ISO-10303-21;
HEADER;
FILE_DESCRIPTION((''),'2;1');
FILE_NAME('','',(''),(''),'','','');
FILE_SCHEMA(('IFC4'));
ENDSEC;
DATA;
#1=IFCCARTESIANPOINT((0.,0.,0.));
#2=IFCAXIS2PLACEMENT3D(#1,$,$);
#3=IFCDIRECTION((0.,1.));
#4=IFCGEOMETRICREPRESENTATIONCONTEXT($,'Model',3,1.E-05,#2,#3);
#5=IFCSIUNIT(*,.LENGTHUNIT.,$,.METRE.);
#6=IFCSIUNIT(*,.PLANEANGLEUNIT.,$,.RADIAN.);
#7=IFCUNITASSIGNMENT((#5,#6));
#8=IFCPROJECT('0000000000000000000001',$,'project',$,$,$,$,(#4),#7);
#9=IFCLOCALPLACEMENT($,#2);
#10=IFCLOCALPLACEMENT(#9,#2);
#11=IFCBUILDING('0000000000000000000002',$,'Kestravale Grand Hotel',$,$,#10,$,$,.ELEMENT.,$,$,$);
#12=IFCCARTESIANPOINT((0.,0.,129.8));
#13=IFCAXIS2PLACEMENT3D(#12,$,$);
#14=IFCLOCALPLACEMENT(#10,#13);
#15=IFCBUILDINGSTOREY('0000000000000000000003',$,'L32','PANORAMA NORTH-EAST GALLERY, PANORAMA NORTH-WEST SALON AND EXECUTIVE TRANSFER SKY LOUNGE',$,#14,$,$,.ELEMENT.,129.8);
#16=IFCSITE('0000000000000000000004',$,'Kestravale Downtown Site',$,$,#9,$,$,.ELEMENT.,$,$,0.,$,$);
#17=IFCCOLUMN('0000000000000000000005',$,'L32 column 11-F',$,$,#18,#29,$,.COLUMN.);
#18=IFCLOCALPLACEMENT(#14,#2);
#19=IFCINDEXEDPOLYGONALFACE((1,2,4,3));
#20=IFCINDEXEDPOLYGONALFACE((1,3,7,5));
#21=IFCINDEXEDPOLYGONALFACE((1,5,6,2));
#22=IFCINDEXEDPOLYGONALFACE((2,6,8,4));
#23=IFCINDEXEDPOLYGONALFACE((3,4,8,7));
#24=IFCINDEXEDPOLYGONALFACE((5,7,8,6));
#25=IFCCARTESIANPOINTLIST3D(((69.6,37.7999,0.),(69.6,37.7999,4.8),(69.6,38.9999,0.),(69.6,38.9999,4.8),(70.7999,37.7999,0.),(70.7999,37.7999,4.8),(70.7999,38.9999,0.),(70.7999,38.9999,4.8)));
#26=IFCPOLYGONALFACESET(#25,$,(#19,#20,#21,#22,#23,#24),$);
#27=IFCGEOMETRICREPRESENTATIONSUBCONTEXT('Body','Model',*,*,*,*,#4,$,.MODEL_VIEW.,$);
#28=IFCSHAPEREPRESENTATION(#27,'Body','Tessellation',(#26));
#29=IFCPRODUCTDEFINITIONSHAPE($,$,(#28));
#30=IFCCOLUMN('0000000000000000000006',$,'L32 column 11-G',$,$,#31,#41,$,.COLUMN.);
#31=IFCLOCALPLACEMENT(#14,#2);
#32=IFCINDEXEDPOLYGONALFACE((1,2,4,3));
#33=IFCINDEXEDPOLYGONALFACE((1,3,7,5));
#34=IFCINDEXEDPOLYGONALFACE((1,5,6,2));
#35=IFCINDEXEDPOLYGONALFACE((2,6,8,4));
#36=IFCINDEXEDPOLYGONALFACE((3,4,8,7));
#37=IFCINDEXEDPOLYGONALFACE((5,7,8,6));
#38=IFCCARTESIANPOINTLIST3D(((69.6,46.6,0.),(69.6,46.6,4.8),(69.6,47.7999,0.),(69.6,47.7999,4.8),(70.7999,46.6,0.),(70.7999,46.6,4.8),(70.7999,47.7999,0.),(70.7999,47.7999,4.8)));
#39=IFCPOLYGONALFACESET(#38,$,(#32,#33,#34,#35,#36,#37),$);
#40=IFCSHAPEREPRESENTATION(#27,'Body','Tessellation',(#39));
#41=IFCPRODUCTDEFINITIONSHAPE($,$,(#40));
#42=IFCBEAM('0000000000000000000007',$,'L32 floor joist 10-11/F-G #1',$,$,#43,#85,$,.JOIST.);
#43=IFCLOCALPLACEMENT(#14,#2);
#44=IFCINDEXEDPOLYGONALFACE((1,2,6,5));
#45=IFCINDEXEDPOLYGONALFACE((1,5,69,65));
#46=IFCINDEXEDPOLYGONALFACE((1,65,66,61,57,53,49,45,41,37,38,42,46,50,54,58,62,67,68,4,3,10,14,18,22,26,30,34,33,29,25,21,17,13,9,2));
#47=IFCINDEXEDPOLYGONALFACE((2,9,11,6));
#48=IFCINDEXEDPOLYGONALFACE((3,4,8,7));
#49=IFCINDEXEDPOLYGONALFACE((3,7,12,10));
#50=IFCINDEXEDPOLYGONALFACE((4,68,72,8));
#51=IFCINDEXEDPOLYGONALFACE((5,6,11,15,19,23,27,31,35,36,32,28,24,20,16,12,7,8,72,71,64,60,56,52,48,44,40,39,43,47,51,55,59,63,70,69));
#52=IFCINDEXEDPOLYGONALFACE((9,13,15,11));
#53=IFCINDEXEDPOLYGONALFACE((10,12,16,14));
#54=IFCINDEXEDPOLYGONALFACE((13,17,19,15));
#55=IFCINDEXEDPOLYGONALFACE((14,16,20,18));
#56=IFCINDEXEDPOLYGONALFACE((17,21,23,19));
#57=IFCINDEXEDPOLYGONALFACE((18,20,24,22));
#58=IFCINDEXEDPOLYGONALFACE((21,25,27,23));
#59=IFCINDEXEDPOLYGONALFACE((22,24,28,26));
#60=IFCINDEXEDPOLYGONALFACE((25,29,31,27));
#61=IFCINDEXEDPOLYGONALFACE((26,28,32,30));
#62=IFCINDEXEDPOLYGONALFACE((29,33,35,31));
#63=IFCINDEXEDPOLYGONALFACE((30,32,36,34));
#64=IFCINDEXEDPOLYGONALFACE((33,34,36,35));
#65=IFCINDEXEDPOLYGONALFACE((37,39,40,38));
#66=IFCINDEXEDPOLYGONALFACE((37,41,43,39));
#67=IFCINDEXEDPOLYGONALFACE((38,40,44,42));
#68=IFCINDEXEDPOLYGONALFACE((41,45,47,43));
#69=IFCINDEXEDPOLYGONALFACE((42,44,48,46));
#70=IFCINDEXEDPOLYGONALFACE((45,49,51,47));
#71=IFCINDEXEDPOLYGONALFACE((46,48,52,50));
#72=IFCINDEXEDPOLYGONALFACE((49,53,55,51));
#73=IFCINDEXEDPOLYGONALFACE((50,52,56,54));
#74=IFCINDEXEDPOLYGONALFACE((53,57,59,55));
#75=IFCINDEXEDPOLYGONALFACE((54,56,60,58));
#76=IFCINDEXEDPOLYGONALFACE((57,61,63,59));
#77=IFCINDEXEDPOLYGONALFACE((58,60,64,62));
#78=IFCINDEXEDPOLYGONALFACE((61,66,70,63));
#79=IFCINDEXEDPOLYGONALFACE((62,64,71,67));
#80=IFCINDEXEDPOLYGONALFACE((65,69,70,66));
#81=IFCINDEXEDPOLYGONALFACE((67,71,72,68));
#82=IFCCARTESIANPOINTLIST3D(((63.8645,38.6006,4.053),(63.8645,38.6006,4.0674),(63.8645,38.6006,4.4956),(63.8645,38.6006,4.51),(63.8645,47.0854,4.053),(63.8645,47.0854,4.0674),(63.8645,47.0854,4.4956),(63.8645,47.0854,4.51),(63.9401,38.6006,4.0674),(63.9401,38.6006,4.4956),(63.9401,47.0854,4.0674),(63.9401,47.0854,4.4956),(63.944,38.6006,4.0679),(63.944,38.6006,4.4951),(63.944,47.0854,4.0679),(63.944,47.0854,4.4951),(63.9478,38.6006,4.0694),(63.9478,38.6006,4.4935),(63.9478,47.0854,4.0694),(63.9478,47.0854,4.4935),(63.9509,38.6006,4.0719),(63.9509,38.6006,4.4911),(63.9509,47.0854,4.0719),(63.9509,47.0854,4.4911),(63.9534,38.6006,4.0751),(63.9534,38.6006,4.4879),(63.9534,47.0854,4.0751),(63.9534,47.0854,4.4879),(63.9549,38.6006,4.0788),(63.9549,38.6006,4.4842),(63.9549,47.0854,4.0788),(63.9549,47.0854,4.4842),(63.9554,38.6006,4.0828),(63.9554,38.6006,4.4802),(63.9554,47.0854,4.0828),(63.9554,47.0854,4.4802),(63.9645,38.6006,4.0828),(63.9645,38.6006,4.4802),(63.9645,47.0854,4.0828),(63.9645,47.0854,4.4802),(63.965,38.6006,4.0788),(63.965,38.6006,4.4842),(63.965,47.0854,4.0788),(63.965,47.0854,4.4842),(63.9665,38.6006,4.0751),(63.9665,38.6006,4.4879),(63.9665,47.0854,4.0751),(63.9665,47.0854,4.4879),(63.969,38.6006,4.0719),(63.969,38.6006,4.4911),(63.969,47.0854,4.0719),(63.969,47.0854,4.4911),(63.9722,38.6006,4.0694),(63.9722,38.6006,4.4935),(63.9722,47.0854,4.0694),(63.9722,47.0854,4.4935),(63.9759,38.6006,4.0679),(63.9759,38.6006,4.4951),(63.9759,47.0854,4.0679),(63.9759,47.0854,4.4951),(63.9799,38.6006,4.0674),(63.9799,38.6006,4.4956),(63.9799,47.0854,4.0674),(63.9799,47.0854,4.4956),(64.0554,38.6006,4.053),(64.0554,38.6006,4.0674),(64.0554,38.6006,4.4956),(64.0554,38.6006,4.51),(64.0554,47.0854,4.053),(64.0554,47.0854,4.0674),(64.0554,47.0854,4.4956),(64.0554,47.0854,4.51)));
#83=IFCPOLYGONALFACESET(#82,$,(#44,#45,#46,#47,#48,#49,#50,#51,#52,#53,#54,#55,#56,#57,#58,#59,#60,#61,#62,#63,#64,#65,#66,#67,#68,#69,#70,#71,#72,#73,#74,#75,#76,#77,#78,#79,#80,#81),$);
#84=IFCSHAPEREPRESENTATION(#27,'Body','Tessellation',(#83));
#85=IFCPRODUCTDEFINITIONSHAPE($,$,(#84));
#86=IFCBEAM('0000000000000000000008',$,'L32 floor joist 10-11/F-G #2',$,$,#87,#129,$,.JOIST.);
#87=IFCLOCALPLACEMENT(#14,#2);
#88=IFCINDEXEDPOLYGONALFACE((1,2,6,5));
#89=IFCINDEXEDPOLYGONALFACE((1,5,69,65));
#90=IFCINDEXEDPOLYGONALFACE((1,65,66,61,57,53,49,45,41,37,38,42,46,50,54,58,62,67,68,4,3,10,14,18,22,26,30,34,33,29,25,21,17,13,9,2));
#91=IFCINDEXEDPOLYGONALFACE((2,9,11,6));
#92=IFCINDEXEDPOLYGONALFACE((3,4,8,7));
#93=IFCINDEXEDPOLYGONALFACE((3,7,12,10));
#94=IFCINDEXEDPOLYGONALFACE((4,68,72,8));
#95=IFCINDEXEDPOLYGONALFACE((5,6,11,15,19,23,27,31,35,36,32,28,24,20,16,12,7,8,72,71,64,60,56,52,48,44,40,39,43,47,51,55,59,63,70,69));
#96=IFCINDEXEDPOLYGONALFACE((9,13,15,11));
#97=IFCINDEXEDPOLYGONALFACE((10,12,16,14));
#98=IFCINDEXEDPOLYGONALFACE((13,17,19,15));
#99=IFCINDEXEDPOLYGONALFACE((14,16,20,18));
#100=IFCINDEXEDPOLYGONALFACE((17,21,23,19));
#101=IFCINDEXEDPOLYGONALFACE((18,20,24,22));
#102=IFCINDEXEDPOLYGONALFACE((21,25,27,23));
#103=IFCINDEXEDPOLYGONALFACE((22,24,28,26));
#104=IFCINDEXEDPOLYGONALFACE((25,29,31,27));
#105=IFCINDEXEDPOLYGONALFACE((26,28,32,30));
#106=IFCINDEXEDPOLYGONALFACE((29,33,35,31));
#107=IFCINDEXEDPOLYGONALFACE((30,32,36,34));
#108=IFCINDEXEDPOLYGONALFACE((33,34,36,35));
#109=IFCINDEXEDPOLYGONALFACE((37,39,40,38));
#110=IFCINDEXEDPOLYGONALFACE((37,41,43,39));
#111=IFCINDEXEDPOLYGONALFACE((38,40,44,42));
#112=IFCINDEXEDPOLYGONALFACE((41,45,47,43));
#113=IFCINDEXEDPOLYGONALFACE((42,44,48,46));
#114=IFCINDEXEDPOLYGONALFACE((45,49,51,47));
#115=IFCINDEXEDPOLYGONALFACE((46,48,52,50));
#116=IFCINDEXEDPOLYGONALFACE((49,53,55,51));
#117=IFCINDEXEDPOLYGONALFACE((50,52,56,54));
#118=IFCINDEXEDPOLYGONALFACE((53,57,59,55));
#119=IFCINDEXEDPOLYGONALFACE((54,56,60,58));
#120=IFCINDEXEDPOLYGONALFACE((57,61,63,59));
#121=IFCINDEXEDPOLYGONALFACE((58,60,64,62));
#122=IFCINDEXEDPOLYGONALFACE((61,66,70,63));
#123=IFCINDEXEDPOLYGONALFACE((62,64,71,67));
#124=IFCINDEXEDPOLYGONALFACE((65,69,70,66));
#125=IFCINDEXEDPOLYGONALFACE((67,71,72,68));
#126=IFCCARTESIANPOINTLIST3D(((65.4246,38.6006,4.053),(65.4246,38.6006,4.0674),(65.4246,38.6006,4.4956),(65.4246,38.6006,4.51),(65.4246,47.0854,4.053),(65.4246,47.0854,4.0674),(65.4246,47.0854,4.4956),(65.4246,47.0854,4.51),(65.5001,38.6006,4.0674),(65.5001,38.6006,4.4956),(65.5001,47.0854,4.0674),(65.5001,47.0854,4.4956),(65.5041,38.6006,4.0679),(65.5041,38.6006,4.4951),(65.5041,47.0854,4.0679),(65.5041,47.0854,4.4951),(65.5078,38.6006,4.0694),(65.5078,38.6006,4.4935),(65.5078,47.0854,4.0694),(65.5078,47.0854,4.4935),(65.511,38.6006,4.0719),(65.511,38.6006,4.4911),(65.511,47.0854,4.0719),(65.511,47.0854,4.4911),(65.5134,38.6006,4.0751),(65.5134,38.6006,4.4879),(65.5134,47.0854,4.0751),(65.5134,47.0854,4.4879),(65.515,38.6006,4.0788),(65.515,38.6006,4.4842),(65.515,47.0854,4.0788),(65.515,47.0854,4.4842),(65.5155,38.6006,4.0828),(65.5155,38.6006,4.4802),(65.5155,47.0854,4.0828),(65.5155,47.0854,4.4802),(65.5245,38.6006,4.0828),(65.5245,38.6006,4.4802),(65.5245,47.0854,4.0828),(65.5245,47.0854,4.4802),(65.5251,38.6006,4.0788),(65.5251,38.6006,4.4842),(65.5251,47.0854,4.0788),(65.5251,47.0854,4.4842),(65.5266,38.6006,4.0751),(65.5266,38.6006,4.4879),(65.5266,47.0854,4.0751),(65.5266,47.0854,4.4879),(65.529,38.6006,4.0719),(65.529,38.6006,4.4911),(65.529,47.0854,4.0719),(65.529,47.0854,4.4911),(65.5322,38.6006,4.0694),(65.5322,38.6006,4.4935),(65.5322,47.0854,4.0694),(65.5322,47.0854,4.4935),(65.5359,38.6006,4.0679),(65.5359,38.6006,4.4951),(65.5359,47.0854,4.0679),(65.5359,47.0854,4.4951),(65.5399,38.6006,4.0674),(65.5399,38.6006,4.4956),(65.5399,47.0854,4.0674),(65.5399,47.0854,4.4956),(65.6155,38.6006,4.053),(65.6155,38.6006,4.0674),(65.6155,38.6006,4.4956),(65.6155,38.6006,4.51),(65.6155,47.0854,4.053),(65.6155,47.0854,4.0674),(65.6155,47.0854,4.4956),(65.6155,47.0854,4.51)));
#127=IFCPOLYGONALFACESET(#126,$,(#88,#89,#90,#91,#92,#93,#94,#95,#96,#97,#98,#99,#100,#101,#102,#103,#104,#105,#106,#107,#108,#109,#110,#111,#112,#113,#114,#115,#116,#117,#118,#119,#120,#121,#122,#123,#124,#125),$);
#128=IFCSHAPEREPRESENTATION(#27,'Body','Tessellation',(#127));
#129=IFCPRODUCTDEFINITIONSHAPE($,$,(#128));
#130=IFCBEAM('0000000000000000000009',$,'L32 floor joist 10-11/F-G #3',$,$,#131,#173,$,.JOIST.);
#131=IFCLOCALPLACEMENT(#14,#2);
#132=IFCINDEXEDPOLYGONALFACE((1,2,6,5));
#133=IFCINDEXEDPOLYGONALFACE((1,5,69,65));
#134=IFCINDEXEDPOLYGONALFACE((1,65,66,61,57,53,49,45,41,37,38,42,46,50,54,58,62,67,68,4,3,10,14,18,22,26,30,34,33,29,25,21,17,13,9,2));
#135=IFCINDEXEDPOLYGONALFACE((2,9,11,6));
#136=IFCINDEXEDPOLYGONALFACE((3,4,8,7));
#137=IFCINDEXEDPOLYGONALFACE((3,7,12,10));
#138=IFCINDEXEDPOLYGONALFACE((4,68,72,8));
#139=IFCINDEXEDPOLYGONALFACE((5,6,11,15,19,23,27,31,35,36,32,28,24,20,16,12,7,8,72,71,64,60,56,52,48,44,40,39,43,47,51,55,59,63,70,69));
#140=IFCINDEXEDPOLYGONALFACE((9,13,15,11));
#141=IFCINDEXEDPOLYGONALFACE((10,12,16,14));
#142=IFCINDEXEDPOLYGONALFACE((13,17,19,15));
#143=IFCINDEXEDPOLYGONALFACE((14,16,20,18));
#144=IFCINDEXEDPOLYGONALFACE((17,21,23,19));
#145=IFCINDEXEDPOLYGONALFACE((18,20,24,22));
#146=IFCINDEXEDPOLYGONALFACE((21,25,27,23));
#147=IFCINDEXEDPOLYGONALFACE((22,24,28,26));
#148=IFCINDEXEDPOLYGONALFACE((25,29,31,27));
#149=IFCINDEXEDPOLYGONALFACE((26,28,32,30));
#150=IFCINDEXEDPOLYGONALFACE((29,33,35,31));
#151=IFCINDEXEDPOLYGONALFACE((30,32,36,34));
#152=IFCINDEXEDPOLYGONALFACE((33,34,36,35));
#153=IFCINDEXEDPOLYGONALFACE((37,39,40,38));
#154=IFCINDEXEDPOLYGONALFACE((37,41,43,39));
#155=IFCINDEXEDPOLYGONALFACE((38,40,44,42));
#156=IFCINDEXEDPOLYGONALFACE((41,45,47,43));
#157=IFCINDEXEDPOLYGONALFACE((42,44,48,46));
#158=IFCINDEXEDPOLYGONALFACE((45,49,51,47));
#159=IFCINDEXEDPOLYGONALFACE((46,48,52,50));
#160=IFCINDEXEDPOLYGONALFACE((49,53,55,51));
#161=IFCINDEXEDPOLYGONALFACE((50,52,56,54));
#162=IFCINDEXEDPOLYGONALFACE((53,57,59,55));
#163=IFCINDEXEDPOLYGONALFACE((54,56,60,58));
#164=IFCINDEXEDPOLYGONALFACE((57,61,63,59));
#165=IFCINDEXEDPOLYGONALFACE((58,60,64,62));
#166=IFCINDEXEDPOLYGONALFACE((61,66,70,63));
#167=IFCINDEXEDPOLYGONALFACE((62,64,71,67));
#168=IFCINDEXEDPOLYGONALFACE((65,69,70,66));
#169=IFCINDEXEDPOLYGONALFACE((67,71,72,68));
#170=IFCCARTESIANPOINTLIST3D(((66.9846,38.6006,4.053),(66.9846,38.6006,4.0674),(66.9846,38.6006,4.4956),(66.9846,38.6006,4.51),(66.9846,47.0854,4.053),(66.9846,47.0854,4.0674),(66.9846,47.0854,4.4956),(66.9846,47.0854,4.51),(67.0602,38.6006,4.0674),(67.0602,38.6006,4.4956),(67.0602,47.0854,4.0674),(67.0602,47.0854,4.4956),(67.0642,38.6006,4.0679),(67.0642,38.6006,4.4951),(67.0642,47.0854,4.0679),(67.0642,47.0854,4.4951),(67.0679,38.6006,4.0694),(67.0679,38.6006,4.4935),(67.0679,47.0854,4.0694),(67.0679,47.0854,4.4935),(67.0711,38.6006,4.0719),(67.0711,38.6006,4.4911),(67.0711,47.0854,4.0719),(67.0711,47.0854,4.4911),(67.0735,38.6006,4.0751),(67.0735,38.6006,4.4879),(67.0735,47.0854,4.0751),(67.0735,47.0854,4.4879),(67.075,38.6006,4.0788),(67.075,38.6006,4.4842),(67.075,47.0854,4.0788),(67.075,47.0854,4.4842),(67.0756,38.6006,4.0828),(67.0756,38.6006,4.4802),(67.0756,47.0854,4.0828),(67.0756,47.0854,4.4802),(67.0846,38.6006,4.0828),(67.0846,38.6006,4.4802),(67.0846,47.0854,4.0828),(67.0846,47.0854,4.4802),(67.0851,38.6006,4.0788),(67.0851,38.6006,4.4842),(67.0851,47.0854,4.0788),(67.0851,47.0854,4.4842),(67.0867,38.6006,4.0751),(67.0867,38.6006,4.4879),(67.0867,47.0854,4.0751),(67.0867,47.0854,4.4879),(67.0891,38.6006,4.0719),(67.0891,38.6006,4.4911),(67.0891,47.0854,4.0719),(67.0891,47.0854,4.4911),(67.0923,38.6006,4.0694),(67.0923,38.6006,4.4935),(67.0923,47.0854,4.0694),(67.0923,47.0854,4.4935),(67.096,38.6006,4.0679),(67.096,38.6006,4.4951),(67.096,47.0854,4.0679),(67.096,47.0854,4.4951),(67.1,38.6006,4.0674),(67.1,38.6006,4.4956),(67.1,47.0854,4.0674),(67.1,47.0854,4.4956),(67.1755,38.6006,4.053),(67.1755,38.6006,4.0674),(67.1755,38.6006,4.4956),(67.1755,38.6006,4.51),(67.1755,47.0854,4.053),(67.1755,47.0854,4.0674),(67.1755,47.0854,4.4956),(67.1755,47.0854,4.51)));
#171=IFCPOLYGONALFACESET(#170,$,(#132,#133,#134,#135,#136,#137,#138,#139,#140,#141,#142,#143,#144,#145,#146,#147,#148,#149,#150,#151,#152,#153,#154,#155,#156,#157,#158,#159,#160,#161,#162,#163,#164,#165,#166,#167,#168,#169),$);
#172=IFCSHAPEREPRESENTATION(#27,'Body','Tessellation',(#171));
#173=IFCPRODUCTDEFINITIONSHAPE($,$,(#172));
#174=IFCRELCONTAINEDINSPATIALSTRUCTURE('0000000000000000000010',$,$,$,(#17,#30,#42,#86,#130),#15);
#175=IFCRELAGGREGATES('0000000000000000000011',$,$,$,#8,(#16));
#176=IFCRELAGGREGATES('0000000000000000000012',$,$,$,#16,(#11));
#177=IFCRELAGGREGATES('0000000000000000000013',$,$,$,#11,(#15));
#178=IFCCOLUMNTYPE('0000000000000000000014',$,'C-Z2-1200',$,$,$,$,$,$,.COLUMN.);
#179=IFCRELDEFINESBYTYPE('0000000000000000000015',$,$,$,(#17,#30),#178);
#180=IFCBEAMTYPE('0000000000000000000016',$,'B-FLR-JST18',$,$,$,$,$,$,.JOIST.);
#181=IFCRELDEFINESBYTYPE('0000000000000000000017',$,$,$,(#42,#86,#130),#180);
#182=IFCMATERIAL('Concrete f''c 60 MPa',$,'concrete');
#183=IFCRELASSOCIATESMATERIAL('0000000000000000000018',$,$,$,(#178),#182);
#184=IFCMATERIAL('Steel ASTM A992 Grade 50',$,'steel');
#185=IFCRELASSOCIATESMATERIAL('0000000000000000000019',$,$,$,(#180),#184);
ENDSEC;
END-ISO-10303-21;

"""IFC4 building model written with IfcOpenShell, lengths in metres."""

from ifc_helpers import new_model, si_unit, direction, frame, origin, origin_2d, place, context, subcontext, project, spatial, rectangle, i_section, extrude, material, material_profile, profile_set, type_object, element, save


model = new_model("IFC4")

# Units and contexts
model_context = context("Model", 3, precision=1e-05, world=origin(), true_north=direction((0.0, 1.0)))
body_context = subcontext(model_context, "Body", "Model", "MODEL_VIEW")
ifc_project = project(units=[si_unit("LENGTHUNIT", "METRE"), si_unit("PLANEANGLEUNIT", "RADIAN")], contexts=[model_context])

# Site, building, storey
site_placement = place(None, origin())
site = spatial("IfcSite", under=ifc_project, at=site_placement, Name="Kestravale Downtown Site", CompositionType="ELEMENT", RefElevation=0.0)
building_placement = place(site_placement, origin())
building = spatial("IfcBuilding", under=site, at=building_placement, Name="Kestravale Grand Hotel", CompositionType="ELEMENT")
storey_placement = place(building_placement, frame((0.0, 0.0, 129.8)))
storey = spatial("IfcBuildingStorey", under=building, at=storey_placement, Name="L32", Description="PANORAMA NORTH-EAST GALLERY, PANORAMA NORTH-WEST SALON AND EXECUTIVE TRANSFER SKY LOUNGE", CompositionType="ELEMENT", Elevation=129.8)

# Columns
ifc_material_1 = material(Name="Concrete f'c 60 MPa", Category="concrete")
ifc_material_profile_1 = material_profile(ifc_material_1, rectangle(XDim=1.2, YDim=1.2, at=origin_2d()))
ifc_profile_set_1 = profile_set([ifc_material_profile_1], Name="Concrete f'c 60 MPa")
column_type = type_object("IfcColumnType", Name="C-Z2-1200", PredefinedType="COLUMN", material=ifc_profile_set_1)
for number, where, z_axis, x_axis, name in (
    (1, (70.2, 38.3999, 0.0), (0.0, 0.0, 1.0), (1.0, 0.0, 0.0), "L32 column 11-F"),
    (2, (70.2, 47.2, 0.0), (0.0, 0.0, 1.0), (1.0, 0.0, 0.0), "L32 column 11-G"),
):
    element("IfcColumn", number, at=place(storey_placement, frame(where, z_axis=z_axis, x_axis=x_axis)), inside=storey, type_object=column_type, Name=name, PredefinedType="COLUMN", context=body_context, shape_type="SweptSolid", body=[
        extrude(rectangle(XDim=1.2, YDim=1.2, at=origin_2d()), origin(), (0.0, 0.0, 1.0), 4.8),
    ])

# Beams
ifc_material_2 = material(Name="Steel ASTM A992 Grade 50", Category="steel")
ifc_material_profile_2 = material_profile(ifc_material_2, i_section(OverallWidth=0.1909, OverallDepth=0.457, WebThickness=0.009, FlangeThickness=0.0144, FilletRadius=0.0154, at=origin_2d()))
ifc_profile_set_2 = profile_set([ifc_material_profile_2], Name="Steel ASTM A992 Grade 50")
beam_type_1 = type_object("IfcBeamType", Name="B-FLR-JST18", PredefinedType="JOIST", material=ifc_profile_set_2)
for number, where, z_axis, x_axis, name in (
    (3, (63.96, 38.6006, 4.2815), (0.0, 1.0, 0.0), (-1.0, 0.0, 0.0), "L32 floor joist 10-11/F-G #1"),
    (4, (65.52, 38.6006, 4.2815), (0.0, 1.0, 0.0), (-1.0, 0.0, 0.0), "L32 floor joist 10-11/F-G #2"),
    (5, (67.0801, 38.6006, 4.2815), (0.0, 1.0, 0.0), (-1.0, 0.0, 0.0), "L32 floor joist 10-11/F-G #3"),
):
    element("IfcBeam", number, at=place(storey_placement, frame(where, z_axis=z_axis, x_axis=x_axis)), inside=storey, type_object=beam_type_1, Name=name, PredefinedType="JOIST", context=body_context, shape_type="SweptSolid", body=[
        extrude(i_section(OverallWidth=0.1909, OverallDepth=0.457, WebThickness=0.009, FlangeThickness=0.0144, FilletRadius=0.0154, at=origin_2d()), origin(), (0.0, 0.0, 1.0), 8.4849),
    ])

save(model, "model.ifc")
